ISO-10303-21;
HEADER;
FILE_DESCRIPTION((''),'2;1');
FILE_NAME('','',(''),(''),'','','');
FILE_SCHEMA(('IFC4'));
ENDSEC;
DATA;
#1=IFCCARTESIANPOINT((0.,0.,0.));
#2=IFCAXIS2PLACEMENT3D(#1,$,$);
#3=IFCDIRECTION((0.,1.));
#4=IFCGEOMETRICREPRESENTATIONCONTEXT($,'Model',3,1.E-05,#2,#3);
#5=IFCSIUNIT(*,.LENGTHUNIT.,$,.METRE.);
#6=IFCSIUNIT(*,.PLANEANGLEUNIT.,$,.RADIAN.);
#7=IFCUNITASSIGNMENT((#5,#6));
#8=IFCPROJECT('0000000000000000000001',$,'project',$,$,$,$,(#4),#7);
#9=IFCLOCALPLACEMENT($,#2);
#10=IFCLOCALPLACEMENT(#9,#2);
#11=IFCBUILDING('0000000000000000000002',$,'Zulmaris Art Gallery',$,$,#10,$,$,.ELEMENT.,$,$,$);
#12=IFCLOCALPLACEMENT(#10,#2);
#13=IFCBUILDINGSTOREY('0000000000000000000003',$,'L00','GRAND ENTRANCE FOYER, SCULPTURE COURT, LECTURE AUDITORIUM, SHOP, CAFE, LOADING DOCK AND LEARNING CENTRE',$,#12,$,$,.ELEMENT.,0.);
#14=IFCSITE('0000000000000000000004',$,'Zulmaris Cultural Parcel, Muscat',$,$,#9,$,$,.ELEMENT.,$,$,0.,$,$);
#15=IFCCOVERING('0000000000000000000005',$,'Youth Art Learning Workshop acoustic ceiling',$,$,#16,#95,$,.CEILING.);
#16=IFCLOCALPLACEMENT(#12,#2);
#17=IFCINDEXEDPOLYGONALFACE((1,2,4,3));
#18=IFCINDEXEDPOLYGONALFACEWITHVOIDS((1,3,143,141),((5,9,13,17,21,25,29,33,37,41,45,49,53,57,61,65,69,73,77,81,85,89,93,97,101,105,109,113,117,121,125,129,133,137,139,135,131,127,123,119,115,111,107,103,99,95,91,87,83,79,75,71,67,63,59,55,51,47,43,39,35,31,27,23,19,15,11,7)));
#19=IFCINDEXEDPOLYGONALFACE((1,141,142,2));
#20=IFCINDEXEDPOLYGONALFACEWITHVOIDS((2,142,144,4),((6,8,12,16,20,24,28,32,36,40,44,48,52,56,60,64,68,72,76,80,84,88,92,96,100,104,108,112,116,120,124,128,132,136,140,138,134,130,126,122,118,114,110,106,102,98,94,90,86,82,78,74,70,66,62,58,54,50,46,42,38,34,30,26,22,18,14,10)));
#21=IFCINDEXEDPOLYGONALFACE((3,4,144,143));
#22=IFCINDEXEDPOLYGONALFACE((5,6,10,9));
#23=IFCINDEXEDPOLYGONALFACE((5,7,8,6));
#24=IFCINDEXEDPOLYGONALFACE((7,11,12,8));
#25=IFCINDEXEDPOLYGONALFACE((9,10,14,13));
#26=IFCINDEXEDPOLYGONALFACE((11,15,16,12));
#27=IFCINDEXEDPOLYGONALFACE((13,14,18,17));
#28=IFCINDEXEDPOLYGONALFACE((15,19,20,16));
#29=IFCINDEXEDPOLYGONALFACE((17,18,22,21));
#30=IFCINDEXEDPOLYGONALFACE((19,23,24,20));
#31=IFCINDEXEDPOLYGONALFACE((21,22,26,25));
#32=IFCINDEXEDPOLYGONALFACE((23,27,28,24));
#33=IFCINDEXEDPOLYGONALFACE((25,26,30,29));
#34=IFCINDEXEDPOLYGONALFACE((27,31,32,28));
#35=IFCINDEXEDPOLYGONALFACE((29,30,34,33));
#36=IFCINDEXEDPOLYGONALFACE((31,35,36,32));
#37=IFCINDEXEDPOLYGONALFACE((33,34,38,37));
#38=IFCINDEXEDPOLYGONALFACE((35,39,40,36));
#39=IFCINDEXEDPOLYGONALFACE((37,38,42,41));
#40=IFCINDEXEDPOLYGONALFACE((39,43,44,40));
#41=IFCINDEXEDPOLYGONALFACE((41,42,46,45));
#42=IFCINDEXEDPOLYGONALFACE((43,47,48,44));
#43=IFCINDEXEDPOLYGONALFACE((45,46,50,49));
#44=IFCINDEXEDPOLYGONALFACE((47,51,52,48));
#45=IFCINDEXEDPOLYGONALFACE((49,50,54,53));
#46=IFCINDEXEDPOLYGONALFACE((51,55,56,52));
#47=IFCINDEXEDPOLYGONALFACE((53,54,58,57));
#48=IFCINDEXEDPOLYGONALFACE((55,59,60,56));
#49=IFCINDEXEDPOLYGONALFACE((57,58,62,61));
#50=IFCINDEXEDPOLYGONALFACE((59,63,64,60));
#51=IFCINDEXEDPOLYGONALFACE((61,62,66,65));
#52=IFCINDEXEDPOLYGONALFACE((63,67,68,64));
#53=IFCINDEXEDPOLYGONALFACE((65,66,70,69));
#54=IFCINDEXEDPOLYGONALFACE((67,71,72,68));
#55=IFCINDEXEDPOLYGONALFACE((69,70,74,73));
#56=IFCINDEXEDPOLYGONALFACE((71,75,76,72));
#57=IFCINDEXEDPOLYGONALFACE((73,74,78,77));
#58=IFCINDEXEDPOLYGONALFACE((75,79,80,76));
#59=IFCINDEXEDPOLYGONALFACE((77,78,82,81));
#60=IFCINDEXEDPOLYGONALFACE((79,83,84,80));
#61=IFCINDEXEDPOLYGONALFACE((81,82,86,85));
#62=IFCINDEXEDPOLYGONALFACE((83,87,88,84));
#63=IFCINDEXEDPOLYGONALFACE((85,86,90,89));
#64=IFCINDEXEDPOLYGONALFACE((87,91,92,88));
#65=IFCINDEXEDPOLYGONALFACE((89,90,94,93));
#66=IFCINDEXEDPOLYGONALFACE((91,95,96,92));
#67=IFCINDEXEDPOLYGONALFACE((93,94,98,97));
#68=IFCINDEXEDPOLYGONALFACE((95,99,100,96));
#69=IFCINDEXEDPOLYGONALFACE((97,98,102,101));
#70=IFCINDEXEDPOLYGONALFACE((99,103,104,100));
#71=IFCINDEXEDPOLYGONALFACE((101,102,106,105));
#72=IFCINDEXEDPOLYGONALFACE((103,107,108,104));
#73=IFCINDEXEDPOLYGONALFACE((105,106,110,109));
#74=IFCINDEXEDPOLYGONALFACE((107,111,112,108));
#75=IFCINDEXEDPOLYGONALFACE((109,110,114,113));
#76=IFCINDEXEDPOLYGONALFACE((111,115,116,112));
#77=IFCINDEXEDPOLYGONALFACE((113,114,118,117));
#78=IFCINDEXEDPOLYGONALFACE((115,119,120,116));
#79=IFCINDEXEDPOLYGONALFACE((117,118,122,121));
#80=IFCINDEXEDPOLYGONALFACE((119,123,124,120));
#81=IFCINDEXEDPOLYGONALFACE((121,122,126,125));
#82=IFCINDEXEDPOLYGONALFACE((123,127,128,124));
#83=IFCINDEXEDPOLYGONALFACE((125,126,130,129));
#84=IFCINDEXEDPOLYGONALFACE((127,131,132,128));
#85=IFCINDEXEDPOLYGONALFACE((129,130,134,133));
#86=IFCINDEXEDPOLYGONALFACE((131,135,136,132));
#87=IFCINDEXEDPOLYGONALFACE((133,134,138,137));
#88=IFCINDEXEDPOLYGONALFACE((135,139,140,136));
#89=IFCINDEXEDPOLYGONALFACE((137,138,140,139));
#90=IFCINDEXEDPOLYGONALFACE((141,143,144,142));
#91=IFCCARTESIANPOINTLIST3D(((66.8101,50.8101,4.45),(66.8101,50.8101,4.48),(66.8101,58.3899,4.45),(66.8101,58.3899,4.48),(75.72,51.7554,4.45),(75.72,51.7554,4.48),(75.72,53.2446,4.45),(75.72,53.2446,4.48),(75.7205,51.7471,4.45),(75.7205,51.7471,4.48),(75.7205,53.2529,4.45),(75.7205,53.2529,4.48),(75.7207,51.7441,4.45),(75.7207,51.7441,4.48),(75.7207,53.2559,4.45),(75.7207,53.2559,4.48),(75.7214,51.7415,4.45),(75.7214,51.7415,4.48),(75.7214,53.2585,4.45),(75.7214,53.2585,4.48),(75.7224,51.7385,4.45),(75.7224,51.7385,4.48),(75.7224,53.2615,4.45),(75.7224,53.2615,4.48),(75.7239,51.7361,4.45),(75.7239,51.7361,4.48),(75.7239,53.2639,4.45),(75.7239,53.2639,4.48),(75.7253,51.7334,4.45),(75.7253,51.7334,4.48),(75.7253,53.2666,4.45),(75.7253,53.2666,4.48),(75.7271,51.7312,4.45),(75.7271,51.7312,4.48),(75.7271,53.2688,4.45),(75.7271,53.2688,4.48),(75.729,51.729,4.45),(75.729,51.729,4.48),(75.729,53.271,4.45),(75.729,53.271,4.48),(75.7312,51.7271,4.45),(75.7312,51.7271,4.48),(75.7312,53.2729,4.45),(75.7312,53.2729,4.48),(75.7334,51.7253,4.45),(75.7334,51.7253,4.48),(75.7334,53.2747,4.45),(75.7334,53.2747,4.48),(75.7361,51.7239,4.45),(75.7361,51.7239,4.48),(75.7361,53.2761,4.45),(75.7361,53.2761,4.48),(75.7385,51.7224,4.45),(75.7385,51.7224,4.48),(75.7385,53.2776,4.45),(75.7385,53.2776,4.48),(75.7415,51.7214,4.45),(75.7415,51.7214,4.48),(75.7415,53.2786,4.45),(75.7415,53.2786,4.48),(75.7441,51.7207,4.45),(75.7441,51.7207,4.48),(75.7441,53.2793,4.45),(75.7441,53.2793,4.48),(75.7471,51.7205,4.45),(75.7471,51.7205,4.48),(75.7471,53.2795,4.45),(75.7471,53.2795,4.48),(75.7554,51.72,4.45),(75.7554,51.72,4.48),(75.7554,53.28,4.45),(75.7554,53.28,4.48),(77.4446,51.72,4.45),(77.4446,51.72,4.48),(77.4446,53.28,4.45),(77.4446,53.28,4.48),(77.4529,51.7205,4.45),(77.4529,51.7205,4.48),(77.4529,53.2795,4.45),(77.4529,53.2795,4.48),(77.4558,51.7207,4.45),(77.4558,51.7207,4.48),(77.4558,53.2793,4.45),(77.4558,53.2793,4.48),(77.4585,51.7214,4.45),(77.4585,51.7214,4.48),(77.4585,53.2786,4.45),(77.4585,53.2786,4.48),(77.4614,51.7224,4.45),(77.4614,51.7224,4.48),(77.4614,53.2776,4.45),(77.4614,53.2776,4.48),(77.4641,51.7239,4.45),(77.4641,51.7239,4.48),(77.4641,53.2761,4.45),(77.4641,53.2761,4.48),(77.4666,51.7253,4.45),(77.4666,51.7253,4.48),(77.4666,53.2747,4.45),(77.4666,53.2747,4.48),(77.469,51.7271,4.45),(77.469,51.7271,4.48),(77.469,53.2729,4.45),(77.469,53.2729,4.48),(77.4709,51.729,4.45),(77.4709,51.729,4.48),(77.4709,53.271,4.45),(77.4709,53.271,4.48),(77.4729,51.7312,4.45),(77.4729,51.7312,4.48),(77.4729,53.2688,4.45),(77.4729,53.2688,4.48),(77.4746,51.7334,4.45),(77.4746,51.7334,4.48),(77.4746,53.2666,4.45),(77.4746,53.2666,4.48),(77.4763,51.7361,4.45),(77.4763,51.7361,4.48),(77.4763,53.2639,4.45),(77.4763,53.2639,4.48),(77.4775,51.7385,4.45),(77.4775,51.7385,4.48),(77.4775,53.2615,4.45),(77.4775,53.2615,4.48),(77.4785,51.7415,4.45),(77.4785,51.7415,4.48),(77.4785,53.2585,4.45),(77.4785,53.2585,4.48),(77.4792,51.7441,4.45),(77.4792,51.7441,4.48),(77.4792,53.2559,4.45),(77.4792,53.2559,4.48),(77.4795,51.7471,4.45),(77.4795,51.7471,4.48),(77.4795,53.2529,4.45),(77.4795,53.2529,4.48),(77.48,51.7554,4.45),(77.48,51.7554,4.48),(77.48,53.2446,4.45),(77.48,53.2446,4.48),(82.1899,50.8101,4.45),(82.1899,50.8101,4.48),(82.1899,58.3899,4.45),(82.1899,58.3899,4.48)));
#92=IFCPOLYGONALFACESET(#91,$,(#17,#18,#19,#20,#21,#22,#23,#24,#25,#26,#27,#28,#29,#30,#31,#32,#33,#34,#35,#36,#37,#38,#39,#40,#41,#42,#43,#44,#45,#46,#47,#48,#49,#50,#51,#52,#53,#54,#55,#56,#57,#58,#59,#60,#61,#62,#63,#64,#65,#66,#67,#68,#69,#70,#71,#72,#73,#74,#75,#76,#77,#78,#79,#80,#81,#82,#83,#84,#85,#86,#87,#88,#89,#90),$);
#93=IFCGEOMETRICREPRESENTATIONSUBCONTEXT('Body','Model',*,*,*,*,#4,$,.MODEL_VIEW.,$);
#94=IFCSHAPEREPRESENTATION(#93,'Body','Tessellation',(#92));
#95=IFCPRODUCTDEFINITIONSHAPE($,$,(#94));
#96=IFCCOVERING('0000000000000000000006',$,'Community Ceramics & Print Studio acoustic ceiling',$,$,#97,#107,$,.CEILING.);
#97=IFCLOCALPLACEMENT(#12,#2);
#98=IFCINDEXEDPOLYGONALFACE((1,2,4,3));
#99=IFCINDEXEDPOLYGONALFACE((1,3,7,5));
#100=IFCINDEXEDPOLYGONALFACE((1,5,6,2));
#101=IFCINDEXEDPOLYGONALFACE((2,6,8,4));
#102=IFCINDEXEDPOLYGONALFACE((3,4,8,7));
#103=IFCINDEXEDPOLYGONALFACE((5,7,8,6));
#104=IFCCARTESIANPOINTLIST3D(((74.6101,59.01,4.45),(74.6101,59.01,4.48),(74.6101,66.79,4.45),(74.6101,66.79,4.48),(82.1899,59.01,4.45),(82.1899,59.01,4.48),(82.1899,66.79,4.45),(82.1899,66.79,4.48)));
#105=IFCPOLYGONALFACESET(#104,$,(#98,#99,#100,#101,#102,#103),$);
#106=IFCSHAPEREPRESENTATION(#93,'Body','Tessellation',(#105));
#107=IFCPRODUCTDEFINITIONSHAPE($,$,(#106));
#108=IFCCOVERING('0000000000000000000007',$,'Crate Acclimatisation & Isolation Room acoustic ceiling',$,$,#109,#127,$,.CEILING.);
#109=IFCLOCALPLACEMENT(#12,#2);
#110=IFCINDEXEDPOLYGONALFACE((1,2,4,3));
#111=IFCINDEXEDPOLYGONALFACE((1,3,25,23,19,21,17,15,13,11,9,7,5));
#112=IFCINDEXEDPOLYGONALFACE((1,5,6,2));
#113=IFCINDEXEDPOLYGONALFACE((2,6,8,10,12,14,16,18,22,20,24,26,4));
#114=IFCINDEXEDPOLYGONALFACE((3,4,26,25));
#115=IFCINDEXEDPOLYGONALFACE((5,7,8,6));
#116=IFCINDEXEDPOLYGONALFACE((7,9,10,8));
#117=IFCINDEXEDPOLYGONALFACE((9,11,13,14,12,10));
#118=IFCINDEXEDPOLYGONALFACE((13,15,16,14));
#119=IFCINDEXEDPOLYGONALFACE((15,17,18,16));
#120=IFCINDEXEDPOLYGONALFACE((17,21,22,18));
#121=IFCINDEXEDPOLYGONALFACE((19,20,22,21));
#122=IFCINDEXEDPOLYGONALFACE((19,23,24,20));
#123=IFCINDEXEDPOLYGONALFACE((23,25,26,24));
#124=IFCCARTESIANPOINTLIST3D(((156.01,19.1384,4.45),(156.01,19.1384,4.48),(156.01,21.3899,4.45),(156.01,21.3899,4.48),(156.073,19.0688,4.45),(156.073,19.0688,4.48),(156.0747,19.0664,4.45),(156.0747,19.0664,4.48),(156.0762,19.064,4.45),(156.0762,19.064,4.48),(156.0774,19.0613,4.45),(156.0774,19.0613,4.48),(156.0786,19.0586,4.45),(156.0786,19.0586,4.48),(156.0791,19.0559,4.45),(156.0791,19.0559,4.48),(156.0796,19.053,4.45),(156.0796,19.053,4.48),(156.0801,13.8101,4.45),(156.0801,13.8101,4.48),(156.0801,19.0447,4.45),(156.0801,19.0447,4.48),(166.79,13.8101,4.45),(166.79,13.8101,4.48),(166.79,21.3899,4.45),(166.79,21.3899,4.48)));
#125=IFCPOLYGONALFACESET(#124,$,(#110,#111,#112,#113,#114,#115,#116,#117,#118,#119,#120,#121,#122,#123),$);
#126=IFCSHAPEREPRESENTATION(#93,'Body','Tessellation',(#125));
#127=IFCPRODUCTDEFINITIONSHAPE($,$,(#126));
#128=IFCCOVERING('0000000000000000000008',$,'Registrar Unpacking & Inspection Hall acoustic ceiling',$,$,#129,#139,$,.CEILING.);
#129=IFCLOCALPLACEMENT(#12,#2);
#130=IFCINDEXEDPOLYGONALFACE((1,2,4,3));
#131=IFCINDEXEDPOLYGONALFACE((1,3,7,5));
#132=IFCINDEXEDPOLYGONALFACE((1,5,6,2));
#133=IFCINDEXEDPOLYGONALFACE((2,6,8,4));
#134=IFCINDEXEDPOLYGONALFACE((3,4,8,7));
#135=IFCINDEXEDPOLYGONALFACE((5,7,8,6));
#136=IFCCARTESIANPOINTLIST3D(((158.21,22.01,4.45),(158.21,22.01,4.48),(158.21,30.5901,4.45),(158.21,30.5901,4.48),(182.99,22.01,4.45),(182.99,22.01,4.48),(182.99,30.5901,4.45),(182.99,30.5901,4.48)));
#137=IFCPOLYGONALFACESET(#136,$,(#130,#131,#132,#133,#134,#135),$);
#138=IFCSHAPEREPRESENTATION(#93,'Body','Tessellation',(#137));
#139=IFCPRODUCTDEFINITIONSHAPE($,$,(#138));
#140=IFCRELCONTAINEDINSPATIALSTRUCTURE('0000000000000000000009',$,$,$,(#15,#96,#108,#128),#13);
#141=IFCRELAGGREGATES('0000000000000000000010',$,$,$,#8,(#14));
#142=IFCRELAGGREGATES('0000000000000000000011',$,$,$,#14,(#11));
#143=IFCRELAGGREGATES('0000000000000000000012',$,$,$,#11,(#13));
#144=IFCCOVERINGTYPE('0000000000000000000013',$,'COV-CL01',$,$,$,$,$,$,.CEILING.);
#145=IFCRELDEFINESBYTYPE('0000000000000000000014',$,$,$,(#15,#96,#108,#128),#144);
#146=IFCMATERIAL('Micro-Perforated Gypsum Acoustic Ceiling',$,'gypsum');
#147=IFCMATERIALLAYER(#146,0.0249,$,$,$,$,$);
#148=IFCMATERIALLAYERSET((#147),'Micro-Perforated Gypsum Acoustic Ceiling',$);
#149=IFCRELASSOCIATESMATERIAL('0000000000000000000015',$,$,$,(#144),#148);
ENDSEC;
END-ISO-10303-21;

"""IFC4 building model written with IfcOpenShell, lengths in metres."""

from ifc_helpers import new_model, si_unit, direction, frame, origin, place, context, subcontext, project, spatial, polyline, outline, extrude, material, layer, layer_set, type_object, element, save


model = new_model("IFC4")

# Units and contexts
model_context = context("Model", 3, precision=1e-05, world=origin(), true_north=direction((0.0, 1.0)))
body_context = subcontext(model_context, "Body", "Model", "MODEL_VIEW")
ifc_project = project(units=[si_unit("LENGTHUNIT", "METRE"), si_unit("PLANEANGLEUNIT", "RADIAN")], contexts=[model_context])

# Site, building, storey
site_placement = place(None, origin())
site = spatial("IfcSite", under=ifc_project, at=site_placement, Name="Zulmaris Cultural Parcel, Muscat", CompositionType="ELEMENT", RefElevation=0.0)
building_placement = place(site_placement, origin())
building = spatial("IfcBuilding", under=site, at=building_placement, Name="Zulmaris Art Gallery", CompositionType="ELEMENT")
storey_placement = place(building_placement, origin())
storey = spatial("IfcBuildingStorey", under=building, at=storey_placement, Name="L00", Description="GRAND ENTRANCE FOYER, SCULPTURE COURT, LECTURE AUDITORIUM, SHOP, CAFE, LOADING DOCK AND LEARNING CENTRE", CompositionType="ELEMENT", Elevation=0.0)

# Coverings
ifc_material_1 = material(Name="Micro-Perforated Gypsum Acoustic Ceiling", Category="gypsum")
ifc_layer_1 = layer(ifc_material_1, 0.0249)
ifc_layer_set_1 = layer_set([ifc_layer_1], Name="Micro-Perforated Gypsum Acoustic Ceiling")
covering_type_1 = type_object("IfcCoveringType", Name="COV-CL01", PredefinedType="CEILING", material=ifc_layer_set_1)
covering_1_placement = place(storey_placement, frame((0.0, 0.0, 4.45)))
element("IfcCovering", 1, at=covering_1_placement, inside=storey, type_object=covering_type_1, Name="Youth Art Learning Workshop acoustic ceiling", PredefinedType="CEILING", context=body_context, shape_type="SweptSolid", body=[
    extrude(outline(polyline([(66.8101, 58.3899), (82.1899, 58.3899), (82.1899, 50.8101), (66.8101, 50.8101), (66.8101, 58.3899)]), holes=[polyline([(75.7415, 53.2786), (75.7385, 53.2776), (75.7361, 53.2761), (75.7334, 53.2747), (75.7312, 53.2729), (75.729, 53.271), (75.7271, 53.2688), (75.7253, 53.2666), (75.7239, 53.2639), (75.7224, 53.2615), (75.7214, 53.2585), (75.7207, 53.2559), (75.7205, 53.2529), (75.72, 53.2446), (75.72, 51.7554), (75.7205, 51.7471), (75.7207, 51.7441), (75.7214, 51.7415), (75.7224, 51.7385), (75.7239, 51.7361), (75.7253, 51.7334), (75.7271, 51.7312), (75.729, 51.729), (75.7312, 51.7271), (75.7334, 51.7253), (75.7361, 51.7239), (75.7385, 51.7224), (75.7415, 51.7214), (75.7441, 51.7207), (75.7471, 51.7205), (75.7554, 51.72), (77.4446, 51.72), (77.4529, 51.7205), (77.4558, 51.7207), (77.4585, 51.7214), (77.4614, 51.7224), (77.4641, 51.7239), (77.4666, 51.7253), (77.469, 51.7271), (77.4709, 51.729), (77.4729, 51.7312), (77.4746, 51.7334), (77.4763, 51.7361), (77.4775, 51.7385), (77.4785, 51.7415), (77.4792, 51.7441), (77.4795, 51.7471), (77.48, 51.7554), (77.48, 53.2446), (77.4795, 53.2529), (77.4792, 53.2559), (77.4785, 53.2585), (77.4775, 53.2615), (77.4763, 53.2639), (77.4746, 53.2666), (77.4729, 53.2688), (77.4709, 53.271), (77.469, 53.2729), (77.4666, 53.2747), (77.4641, 53.2761), (77.4614, 53.2776), (77.4585, 53.2786), (77.4558, 53.2793), (77.4529, 53.2795), (77.4446, 53.28), (75.7554, 53.28), (75.7471, 53.2795), (75.7441, 53.2793), (75.7415, 53.2786)])]), origin(), (0.0, 0.0, 1.0), 0.03),
])
covering_2_placement = place(storey_placement, frame((0.0, 0.0, 4.45)))
element("IfcCovering", 2, at=covering_2_placement, inside=storey, type_object=covering_type_1, Name="Community Ceramics & Print Studio acoustic ceiling", PredefinedType="CEILING", context=body_context, shape_type="SweptSolid", body=[
    extrude(outline(polyline([(74.6101, 66.79), (82.1899, 66.79), (82.1899, 59.01), (74.6101, 59.01), (74.6101, 66.79)])), origin(), (0.0, 0.0, 1.0), 0.03),
])
covering_3_placement = place(storey_placement, frame((0.0, 0.0, 4.45)))
element("IfcCovering", 3, at=covering_3_placement, inside=storey, type_object=covering_type_1, Name="Crate Acclimatisation & Isolation Room acoustic ceiling", PredefinedType="CEILING", context=body_context, shape_type="SweptSolid", body=[
    extrude(outline(polyline([(166.79, 13.8101), (156.0801, 13.8101), (156.0801, 19.0447), (156.0796, 19.053), (156.0791, 19.0559), (156.0786, 19.0586), (156.0774, 19.0613), (156.0762, 19.064), (156.0747, 19.0664), (156.073, 19.0688), (156.01, 19.1384), (156.01, 21.3899), (166.79, 21.3899), (166.79, 13.8101)])), origin(), (0.0, 0.0, 1.0), 0.03),
])
covering_4_placement = place(storey_placement, frame((0.0, 0.0, 4.45)))
element("IfcCovering", 4, at=covering_4_placement, inside=storey, type_object=covering_type_1, Name="Registrar Unpacking & Inspection Hall acoustic ceiling", PredefinedType="CEILING", context=body_context, shape_type="SweptSolid", body=[
    extrude(outline(polyline([(158.21, 30.5901), (182.99, 30.5901), (182.99, 22.01), (158.21, 22.01), (158.21, 30.5901)])), origin(), (0.0, 0.0, 1.0), 0.03),
])

save(model, "model.ifc")
